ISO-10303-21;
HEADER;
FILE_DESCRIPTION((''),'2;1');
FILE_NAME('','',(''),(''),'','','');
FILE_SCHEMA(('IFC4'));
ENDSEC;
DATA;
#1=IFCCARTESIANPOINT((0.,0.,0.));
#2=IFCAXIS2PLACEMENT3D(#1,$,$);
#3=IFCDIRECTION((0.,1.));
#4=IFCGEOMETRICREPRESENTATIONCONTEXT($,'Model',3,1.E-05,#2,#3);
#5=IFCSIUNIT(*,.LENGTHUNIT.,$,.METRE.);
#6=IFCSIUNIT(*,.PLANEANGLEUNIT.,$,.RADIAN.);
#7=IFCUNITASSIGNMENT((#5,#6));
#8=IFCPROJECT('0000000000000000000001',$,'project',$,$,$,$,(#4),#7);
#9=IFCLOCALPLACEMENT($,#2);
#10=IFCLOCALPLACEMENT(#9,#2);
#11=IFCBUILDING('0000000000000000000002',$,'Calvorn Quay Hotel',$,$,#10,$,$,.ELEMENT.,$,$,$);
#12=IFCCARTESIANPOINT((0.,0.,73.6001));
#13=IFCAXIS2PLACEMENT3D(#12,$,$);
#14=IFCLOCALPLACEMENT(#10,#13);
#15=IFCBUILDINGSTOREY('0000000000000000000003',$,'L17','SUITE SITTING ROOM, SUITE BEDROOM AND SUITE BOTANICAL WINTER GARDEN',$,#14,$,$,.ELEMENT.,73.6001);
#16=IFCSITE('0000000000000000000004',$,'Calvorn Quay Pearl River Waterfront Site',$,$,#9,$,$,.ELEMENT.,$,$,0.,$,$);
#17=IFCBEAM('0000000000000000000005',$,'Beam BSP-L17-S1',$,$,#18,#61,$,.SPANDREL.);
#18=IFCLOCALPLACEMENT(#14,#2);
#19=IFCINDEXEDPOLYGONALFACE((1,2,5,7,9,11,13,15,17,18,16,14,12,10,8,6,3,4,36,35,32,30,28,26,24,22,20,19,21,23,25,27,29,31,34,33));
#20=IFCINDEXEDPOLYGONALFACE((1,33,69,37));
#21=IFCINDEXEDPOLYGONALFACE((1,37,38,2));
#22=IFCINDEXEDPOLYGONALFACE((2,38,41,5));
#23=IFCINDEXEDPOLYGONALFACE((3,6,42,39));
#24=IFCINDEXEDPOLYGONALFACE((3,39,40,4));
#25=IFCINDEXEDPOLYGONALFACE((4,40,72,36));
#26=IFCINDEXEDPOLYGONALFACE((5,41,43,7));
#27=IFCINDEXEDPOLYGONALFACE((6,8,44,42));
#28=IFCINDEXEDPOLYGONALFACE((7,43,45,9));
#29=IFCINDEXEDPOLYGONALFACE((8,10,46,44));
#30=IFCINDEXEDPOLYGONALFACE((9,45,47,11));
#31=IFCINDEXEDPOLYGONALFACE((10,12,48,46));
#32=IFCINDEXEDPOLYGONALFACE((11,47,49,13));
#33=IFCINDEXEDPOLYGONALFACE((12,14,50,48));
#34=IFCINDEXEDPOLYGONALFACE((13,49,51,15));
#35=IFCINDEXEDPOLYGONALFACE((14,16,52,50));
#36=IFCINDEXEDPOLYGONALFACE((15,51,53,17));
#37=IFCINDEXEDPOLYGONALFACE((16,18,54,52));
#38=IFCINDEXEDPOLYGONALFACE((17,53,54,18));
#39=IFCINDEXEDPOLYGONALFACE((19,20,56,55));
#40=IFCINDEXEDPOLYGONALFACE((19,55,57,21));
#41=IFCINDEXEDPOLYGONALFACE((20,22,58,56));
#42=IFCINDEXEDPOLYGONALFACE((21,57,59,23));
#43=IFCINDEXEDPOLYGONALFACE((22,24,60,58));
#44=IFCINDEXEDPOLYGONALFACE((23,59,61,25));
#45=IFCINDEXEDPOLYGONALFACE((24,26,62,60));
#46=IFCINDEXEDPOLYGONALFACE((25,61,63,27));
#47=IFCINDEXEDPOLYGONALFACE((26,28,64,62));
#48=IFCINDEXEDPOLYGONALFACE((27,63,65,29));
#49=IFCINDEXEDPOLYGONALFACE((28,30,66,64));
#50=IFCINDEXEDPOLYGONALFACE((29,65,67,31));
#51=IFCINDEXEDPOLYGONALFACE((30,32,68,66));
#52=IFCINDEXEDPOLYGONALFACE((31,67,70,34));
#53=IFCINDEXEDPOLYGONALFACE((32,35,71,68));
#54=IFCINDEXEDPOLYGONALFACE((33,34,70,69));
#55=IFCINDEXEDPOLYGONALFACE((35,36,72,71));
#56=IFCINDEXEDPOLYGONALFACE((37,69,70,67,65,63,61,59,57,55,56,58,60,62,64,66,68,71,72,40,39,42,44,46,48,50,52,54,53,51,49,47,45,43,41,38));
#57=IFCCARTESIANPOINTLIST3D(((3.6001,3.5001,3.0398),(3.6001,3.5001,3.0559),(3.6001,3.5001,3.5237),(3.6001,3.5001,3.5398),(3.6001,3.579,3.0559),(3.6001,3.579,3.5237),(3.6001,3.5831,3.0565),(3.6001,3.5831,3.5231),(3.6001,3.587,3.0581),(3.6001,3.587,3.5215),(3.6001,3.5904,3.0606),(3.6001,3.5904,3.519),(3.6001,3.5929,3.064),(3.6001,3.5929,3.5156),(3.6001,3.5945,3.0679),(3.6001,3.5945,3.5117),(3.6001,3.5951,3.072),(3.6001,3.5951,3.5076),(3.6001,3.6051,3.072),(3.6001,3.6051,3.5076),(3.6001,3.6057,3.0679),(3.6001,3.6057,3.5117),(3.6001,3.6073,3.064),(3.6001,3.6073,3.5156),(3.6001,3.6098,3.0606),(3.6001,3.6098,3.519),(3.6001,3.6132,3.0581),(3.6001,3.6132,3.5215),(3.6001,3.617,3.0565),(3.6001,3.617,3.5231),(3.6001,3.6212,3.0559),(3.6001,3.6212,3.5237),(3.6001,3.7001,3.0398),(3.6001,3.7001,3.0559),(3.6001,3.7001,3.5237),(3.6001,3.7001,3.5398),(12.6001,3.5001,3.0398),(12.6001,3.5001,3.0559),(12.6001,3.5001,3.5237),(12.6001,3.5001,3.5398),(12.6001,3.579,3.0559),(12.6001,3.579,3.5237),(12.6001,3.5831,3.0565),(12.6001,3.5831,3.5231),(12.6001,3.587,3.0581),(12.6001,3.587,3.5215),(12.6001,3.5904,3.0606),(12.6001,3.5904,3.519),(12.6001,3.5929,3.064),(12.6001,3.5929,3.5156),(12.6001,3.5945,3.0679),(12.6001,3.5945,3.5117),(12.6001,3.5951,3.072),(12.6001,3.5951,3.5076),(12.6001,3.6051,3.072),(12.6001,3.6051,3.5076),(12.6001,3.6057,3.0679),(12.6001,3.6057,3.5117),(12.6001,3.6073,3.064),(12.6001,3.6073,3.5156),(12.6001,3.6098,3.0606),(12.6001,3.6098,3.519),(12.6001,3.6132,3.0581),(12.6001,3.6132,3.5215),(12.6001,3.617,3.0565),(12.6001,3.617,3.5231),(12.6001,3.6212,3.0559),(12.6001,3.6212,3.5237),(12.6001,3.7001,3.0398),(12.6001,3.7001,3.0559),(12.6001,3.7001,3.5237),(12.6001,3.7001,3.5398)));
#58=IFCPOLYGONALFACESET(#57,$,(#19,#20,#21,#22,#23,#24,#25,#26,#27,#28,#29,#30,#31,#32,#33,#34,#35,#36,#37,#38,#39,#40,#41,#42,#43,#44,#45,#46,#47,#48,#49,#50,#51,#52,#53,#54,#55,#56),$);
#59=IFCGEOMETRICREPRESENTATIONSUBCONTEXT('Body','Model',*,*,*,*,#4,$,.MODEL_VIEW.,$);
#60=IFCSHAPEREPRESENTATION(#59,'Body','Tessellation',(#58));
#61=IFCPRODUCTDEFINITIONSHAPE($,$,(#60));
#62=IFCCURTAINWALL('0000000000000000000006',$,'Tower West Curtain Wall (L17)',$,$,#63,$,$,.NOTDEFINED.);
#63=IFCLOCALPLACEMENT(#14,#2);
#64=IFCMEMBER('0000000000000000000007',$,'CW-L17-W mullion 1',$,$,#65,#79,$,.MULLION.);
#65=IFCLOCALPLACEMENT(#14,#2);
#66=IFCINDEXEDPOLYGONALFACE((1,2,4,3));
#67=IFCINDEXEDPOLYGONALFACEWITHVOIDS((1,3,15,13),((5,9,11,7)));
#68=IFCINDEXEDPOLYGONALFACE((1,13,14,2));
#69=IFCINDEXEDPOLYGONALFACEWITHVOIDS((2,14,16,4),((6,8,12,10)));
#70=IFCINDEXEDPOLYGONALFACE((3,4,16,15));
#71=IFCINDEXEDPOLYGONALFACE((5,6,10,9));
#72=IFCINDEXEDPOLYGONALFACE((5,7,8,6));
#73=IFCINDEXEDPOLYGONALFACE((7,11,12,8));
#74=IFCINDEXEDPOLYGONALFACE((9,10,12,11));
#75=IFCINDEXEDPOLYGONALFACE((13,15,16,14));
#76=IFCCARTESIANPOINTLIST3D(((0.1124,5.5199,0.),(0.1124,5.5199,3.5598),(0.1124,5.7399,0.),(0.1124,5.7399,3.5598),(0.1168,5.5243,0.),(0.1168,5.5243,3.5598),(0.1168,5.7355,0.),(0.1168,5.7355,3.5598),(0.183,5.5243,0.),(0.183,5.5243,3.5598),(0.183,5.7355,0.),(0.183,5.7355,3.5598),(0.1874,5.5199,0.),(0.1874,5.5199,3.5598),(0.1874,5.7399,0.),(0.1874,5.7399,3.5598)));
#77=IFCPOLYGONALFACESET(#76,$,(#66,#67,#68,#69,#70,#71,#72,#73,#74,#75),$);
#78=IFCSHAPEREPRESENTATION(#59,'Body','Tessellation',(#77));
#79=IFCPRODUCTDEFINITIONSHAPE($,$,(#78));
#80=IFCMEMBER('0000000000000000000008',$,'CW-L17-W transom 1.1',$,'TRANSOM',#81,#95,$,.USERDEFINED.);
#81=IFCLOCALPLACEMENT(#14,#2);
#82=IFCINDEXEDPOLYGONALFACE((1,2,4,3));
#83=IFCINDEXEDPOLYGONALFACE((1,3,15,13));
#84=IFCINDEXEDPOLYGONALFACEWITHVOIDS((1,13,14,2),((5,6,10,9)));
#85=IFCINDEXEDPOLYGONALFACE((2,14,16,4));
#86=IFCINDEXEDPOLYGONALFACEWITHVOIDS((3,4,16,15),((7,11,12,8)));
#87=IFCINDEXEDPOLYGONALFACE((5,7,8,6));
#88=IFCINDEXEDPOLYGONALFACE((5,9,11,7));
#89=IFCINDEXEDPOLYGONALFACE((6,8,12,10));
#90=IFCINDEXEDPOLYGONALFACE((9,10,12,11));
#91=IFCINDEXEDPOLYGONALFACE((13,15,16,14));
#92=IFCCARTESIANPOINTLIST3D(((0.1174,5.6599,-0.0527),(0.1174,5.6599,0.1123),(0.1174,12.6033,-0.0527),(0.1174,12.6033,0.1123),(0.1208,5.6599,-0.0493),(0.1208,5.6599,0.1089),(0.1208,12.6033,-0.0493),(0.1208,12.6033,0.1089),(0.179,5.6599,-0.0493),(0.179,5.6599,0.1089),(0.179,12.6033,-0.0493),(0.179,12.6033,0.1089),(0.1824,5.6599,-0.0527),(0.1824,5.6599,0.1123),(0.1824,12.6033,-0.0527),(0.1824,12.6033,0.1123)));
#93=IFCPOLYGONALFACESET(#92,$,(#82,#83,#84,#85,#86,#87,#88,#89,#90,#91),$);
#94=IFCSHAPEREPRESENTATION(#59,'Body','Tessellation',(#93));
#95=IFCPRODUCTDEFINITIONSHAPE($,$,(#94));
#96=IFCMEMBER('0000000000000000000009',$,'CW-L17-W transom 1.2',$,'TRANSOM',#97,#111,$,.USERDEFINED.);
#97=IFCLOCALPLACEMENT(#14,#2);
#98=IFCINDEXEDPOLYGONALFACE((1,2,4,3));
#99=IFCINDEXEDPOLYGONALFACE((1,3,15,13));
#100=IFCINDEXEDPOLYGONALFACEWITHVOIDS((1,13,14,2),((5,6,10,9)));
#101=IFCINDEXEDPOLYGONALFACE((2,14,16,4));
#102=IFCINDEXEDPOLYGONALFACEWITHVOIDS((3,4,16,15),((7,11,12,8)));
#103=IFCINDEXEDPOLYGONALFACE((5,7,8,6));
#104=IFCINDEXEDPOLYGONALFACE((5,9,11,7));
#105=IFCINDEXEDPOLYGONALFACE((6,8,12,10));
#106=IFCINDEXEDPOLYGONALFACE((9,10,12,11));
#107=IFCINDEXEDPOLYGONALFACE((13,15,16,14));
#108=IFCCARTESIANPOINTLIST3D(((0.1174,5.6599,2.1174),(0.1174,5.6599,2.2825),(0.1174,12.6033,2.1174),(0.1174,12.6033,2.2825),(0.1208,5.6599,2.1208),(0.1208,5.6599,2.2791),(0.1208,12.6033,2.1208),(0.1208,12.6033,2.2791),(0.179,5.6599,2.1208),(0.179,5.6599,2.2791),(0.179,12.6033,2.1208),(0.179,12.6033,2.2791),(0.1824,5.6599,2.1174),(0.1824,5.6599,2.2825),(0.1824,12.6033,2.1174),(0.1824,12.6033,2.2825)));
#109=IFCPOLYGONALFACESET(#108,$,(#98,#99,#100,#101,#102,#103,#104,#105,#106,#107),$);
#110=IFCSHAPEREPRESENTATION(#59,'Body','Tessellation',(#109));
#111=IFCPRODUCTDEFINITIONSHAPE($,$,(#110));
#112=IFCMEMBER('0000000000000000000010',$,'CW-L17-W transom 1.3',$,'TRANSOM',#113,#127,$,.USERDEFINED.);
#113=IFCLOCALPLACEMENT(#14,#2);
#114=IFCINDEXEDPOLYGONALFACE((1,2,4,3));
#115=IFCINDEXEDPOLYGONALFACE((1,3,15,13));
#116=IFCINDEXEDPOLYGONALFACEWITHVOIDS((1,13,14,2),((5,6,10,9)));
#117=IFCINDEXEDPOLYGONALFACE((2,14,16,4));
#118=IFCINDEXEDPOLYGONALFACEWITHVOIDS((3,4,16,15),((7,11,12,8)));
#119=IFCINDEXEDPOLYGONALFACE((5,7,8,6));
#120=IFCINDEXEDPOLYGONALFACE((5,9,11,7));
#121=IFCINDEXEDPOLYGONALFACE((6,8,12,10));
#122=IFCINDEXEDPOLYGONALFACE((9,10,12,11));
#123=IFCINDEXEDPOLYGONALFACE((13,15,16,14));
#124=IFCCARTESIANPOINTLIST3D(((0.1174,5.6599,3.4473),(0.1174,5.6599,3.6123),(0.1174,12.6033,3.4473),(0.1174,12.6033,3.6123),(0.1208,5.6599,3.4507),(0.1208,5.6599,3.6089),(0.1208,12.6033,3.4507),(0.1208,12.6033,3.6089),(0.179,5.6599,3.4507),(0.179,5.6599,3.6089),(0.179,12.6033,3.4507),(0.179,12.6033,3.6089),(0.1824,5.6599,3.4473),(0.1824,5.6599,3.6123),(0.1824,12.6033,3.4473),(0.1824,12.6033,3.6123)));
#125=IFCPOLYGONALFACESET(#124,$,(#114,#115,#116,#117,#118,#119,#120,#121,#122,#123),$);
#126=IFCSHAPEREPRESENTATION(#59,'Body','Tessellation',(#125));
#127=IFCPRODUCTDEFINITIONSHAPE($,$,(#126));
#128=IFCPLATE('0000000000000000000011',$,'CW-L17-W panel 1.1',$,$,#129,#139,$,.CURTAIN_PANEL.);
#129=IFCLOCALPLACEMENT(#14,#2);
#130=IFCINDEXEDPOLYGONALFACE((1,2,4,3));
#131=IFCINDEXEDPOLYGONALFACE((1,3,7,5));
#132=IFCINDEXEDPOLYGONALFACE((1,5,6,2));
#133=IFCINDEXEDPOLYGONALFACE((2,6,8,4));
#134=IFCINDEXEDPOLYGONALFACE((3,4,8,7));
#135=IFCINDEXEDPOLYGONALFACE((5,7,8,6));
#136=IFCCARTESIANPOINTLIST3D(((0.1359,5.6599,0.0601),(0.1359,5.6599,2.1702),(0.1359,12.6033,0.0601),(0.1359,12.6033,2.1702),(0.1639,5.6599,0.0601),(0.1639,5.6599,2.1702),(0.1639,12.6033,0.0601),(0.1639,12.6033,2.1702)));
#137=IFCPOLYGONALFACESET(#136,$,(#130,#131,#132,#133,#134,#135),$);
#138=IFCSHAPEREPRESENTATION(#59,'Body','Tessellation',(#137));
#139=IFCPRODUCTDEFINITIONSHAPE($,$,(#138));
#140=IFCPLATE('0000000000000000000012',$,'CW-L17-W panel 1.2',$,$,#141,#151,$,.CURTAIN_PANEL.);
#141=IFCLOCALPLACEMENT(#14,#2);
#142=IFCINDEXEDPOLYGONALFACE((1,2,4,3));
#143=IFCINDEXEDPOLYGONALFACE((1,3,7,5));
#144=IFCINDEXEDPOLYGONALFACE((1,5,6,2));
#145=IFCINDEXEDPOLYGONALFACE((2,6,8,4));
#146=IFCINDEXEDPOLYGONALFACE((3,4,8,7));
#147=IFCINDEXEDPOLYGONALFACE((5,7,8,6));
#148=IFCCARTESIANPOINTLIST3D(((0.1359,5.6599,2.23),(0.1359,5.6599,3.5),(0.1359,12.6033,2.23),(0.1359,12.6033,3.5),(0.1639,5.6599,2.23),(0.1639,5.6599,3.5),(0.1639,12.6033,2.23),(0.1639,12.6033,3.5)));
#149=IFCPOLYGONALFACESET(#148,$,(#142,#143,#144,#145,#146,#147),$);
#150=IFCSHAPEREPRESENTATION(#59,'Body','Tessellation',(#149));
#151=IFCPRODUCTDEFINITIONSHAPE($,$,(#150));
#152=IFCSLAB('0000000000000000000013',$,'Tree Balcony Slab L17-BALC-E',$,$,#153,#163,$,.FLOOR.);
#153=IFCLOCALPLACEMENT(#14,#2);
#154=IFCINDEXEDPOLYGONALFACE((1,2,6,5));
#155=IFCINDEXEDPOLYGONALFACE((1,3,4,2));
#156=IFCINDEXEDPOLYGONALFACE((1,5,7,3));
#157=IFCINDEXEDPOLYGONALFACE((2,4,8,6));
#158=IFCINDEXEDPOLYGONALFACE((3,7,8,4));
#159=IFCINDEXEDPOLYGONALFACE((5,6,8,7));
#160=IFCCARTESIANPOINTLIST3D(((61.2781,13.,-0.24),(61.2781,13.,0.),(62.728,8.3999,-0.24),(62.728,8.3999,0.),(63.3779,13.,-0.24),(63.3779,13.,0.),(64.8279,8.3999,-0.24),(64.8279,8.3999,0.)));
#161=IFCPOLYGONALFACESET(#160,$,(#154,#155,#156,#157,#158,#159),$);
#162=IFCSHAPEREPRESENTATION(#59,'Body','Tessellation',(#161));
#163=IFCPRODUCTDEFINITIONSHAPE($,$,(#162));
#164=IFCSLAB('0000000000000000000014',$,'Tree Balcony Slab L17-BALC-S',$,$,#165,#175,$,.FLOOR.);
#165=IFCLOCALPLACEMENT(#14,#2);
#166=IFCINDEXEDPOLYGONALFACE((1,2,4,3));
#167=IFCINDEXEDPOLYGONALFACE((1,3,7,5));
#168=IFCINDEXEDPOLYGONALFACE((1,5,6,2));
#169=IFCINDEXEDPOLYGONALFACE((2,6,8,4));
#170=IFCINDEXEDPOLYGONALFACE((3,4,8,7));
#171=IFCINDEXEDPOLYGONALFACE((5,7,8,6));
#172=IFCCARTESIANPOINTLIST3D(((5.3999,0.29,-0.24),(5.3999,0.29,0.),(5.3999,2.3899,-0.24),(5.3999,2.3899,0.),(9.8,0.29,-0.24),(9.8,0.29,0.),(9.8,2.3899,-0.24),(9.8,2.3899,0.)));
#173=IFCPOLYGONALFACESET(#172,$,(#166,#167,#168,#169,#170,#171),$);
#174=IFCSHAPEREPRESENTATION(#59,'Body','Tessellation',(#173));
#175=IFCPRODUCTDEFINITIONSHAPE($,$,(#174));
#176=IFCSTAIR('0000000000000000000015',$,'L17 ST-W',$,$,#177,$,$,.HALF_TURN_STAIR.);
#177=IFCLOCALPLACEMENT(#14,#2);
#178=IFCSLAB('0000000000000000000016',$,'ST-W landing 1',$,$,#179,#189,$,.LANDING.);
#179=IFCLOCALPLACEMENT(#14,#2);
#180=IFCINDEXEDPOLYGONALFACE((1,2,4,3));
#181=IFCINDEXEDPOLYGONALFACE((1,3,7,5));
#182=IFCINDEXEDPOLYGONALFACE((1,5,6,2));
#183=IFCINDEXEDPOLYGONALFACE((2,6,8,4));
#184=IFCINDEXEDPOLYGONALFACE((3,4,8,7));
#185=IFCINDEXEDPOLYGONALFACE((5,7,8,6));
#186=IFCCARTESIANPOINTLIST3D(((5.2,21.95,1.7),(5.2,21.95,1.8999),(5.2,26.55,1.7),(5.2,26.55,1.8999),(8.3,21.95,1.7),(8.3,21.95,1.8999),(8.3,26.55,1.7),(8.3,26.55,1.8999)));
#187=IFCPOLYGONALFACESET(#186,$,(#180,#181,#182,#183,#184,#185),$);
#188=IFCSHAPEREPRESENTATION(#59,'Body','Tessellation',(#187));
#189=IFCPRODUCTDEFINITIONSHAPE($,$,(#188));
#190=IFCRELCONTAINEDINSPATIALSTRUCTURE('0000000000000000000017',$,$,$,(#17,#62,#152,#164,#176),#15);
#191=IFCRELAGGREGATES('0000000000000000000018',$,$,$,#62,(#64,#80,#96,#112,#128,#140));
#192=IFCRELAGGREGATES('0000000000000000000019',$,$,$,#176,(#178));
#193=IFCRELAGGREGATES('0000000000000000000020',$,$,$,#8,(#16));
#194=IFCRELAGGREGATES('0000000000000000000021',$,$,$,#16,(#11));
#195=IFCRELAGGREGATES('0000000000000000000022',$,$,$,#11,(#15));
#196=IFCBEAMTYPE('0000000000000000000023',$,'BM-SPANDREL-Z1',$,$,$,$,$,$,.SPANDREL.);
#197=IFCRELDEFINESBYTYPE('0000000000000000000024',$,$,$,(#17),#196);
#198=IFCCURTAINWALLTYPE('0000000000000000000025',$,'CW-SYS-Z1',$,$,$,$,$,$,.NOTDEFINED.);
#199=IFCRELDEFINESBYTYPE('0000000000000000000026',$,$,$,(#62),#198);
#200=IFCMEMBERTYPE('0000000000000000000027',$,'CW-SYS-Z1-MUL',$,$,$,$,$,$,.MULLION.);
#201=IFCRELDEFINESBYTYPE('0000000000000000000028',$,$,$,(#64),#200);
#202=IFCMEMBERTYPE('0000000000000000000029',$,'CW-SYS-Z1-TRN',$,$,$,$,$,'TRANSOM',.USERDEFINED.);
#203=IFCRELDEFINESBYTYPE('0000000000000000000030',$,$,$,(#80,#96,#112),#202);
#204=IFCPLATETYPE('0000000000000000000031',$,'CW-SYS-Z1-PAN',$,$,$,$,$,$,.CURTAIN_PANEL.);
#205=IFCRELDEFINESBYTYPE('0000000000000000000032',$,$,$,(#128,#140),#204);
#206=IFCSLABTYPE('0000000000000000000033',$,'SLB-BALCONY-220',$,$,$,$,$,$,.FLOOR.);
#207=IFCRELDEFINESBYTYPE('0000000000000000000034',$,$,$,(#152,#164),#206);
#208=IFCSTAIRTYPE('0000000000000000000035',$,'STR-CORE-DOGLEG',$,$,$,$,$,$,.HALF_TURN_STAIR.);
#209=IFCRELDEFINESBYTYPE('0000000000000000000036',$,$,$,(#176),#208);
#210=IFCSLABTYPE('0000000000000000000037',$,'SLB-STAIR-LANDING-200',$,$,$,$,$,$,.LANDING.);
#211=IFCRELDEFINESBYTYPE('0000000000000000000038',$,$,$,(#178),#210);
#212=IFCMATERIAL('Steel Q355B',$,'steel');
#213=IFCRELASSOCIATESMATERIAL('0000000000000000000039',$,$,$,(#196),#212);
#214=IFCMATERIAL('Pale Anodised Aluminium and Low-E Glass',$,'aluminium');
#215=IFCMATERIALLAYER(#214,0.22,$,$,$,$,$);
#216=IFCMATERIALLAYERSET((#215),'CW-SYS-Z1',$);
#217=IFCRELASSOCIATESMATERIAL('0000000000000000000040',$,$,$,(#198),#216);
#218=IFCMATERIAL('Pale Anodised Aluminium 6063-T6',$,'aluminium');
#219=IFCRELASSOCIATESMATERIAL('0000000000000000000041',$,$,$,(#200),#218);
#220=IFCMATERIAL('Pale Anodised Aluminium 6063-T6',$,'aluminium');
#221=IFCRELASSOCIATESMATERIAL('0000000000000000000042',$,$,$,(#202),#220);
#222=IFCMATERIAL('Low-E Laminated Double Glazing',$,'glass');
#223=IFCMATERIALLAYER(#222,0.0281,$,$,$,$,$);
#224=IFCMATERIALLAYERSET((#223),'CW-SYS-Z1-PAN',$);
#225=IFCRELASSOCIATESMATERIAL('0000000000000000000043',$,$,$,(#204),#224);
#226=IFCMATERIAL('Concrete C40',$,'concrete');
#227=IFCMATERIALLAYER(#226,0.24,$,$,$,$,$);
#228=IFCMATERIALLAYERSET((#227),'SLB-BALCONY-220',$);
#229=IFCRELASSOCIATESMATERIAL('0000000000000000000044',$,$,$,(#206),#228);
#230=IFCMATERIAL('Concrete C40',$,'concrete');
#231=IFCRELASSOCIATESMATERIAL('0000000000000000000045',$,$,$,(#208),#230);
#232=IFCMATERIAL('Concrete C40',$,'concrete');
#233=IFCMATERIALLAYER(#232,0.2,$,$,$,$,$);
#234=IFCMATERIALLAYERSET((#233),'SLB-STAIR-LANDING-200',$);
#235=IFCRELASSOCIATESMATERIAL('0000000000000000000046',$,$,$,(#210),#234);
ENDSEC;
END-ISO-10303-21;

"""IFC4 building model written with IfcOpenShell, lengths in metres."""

from ifc_helpers import new_model, si_unit, direction, frame, origin, origin_2d, place, context, subcontext, project, spatial, polyline, rectangle, hollow_rectangle, i_section, outline, extrude, material, layer, layer_set, material_profile, profile_set, type_object, element, aggregate, save


model = new_model("IFC4")

# Units and contexts
model_context = context("Model", 3, precision=1e-05, world=origin(), true_north=direction((0.0, 1.0)))
body_context = subcontext(model_context, "Body", "Model", "MODEL_VIEW")
ifc_project = project(units=[si_unit("LENGTHUNIT", "METRE"), si_unit("PLANEANGLEUNIT", "RADIAN")], contexts=[model_context])

# Site, building, storey
site_placement = place(None, origin())
site = spatial("IfcSite", under=ifc_project, at=site_placement, Name="Calvorn Quay Pearl River Waterfront Site", CompositionType="ELEMENT", RefElevation=0.0)
building_placement = place(site_placement, origin())
building = spatial("IfcBuilding", under=site, at=building_placement, Name="Calvorn Quay Hotel", CompositionType="ELEMENT")
storey_placement = place(building_placement, frame((0.0, 0.0, 73.6001)))
storey = spatial("IfcBuildingStorey", under=building, at=storey_placement, Name="L17", Description="SUITE SITTING ROOM, SUITE BEDROOM AND SUITE BOTANICAL WINTER GARDEN", CompositionType="ELEMENT", Elevation=73.6001)

# Beam
ifc_material_1 = material(Name="Steel Q355B", Category="steel")
ifc_material_profile_1 = material_profile(ifc_material_1, i_section(OverallWidth=0.2, OverallDepth=0.5, WebThickness=0.01, FlangeThickness=0.0161, FilletRadius=0.0161, at=origin_2d()), Name="HN500x200x10x16")
ifc_profile_set_1 = profile_set([ifc_material_profile_1], Name="Steel Q355B")
beam_type_1 = type_object("IfcBeamType", Name="BM-SPANDREL-Z1", PredefinedType="SPANDREL", material=ifc_profile_set_1)
beam_1_placement = place(storey_placement, frame((3.6001, 3.6001, 3.2898), z_axis=(1.0, 0.0, 0.0), x_axis=(0.0, 1.0, 0.0)))
element("IfcBeam", 1, at=beam_1_placement, inside=storey, type_object=beam_type_1, Name="Beam BSP-L17-S1", PredefinedType="SPANDREL", context=body_context, shape_type="SweptSolid", body=[
    extrude(i_section(OverallWidth=0.2, OverallDepth=0.5, WebThickness=0.01, FlangeThickness=0.0161, FilletRadius=0.0161, at=origin_2d()), origin(), (0.0, 0.0, 1.0), 9.0),
])

# Curtain wall, members, plates
ifc_material_2 = material(Name="Pale Anodised Aluminium and Low-E Glass", Category="aluminium")
ifc_layer_1 = layer(ifc_material_2, 0.22)
ifc_layer_set_1 = layer_set([ifc_layer_1], Name="CW-SYS-Z1")
curtain_wall_type = type_object("IfcCurtainWallType", Name="CW-SYS-Z1", PredefinedType="NOTDEFINED", material=ifc_layer_set_1)
curtain_wall_placement = place(storey_placement, origin())
curtain_wall = element("IfcCurtainWall", 2, at=curtain_wall_placement, inside=storey, type_object=curtain_wall_type, Name="Tower West Curtain Wall (L17)", PredefinedType="NOTDEFINED")
ifc_material_3 = material(Name="Pale Anodised Aluminium 6063-T6", Category="aluminium")
ifc_material_profile_2 = material_profile(ifc_material_3, hollow_rectangle(XDim=0.075, YDim=0.22, WallThickness=0.0044, at=origin_2d()), Name="ALU-M220x75x4.5")
ifc_profile_set_2 = profile_set([ifc_material_profile_2], Name="Pale Anodised Aluminium 6063-T6")
member_type_1 = type_object("IfcMemberType", Name="CW-SYS-Z1-MUL", PredefinedType="MULLION", material=ifc_profile_set_2)
member_1_placement = place(storey_placement, frame((0.1499, 5.6299, 0.0), z_axis=(0.0, 0.0, 1.0), x_axis=(-1.0, 0.0, 0.0)))
member_1 = element("IfcMember", 3, at=member_1_placement, type_object=member_type_1, Name="CW-L17-W mullion 1", PredefinedType="MULLION", context=body_context, shape_type="SweptSolid", body=[
    extrude(hollow_rectangle(XDim=0.075, YDim=0.22, WallThickness=0.0044, at=origin_2d()), origin(), (0.0, 0.0, 1.0), 3.5598),
])
ifc_material_4 = material(Name="Pale Anodised Aluminium 6063-T6", Category="aluminium")
ifc_material_profile_3 = material_profile(ifc_material_4, hollow_rectangle(XDim=0.0649, YDim=0.165, WallThickness=0.0034, at=origin_2d()), Name="ALU-T165x65x3.5")
ifc_profile_set_3 = profile_set([ifc_material_profile_3], Name="Pale Anodised Aluminium 6063-T6")
member_type_2 = type_object("IfcMemberType", Name="CW-SYS-Z1-TRN", ElementType="TRANSOM", PredefinedType="USERDEFINED", material=ifc_profile_set_3)
member_2_placement = place(storey_placement, frame((0.1499, 5.6599, 0.0298), z_axis=(0.0, 1.0, 0.0), x_axis=(-1.0, 0.0, 0.0)))
member_2 = element("IfcMember", 4, at=member_2_placement, type_object=member_type_2, Name="CW-L17-W transom 1.1", ObjectType="TRANSOM", PredefinedType="USERDEFINED", context=body_context, shape_type="SweptSolid", body=[
    extrude(hollow_rectangle(XDim=0.0649, YDim=0.165, WallThickness=0.0034, at=origin_2d()), origin(), (0.0, 0.0, 1.0), 6.9434),
])
member_3_placement = place(storey_placement, frame((0.1499, 5.6599, 2.2), z_axis=(0.0, 1.0, 0.0), x_axis=(-1.0, 0.0, 0.0)))
member_3 = element("IfcMember", 5, at=member_3_placement, type_object=member_type_2, Name="CW-L17-W transom 1.2", ObjectType="TRANSOM", PredefinedType="USERDEFINED", context=body_context, shape_type="SweptSolid", body=[
    extrude(hollow_rectangle(XDim=0.0649, YDim=0.165, WallThickness=0.0034, at=origin_2d()), origin(), (0.0, 0.0, 1.0), 6.9434),
])
member_4_placement = place(storey_placement, frame((0.1499, 5.6599, 3.5298), z_axis=(0.0, 1.0, 0.0), x_axis=(-1.0, 0.0, 0.0)))
member_4 = element("IfcMember", 6, at=member_4_placement, type_object=member_type_2, Name="CW-L17-W transom 1.3", ObjectType="TRANSOM", PredefinedType="USERDEFINED", context=body_context, shape_type="SweptSolid", body=[
    extrude(hollow_rectangle(XDim=0.0649, YDim=0.165, WallThickness=0.0034, at=origin_2d()), origin(), (0.0, 0.0, 1.0), 6.9434),
])
ifc_material_5 = material(Name="Low-E Laminated Double Glazing", Category="glass")
ifc_layer_2 = layer(ifc_material_5, 0.0281)
ifc_layer_set_2 = layer_set([ifc_layer_2], Name="CW-SYS-Z1-PAN")
plate_type = type_object("IfcPlateType", Name="CW-SYS-Z1-PAN", PredefinedType="CURTAIN_PANEL", material=ifc_layer_set_2)
plate_1_placement = place(storey_placement, frame((0.1499, 9.1316, 0.0601), z_axis=(0.0, 0.0, 1.0), x_axis=(0.0, 1.0, 0.0)))
plate_1 = element("IfcPlate", 7, at=plate_1_placement, type_object=plate_type, Name="CW-L17-W panel 1.1", PredefinedType="CURTAIN_PANEL", context=body_context, shape_type="SweptSolid", body=[
    extrude(rectangle(XDim=6.9434, YDim=0.0281, at=origin_2d()), origin(), (0.0, 0.0, 1.0), 2.1101),
])
plate_2_placement = place(storey_placement, frame((0.1499, 9.1316, 2.23), z_axis=(0.0, 0.0, 1.0), x_axis=(0.0, 1.0, 0.0)))
plate_2 = element("IfcPlate", 8, at=plate_2_placement, type_object=plate_type, Name="CW-L17-W panel 1.2", PredefinedType="CURTAIN_PANEL", context=body_context, shape_type="SweptSolid", body=[
    extrude(rectangle(XDim=6.9434, YDim=0.0281, at=origin_2d()), origin(), (0.0, 0.0, 1.0), 1.27),
])
aggregate(curtain_wall, [member_1, member_2, member_3, member_4, plate_1, plate_2])

# Slabs
ifc_material_6 = material(Name="Concrete C40", Category="concrete")
ifc_layer_3 = layer(ifc_material_6, 0.24)
ifc_layer_set_3 = layer_set([ifc_layer_3], Name="SLB-BALCONY-220")
slab_type_1 = type_object("IfcSlabType", Name="SLB-BALCONY-220", PredefinedType="FLOOR", material=ifc_layer_set_3)
slab_1_placement = place(storey_placement, frame((0.0, 0.0, -0.24)))
element("IfcSlab", 9, at=slab_1_placement, inside=storey, type_object=slab_type_1, Name="Tree Balcony Slab L17-BALC-E", PredefinedType="FLOOR", context=body_context, shape_type="SweptSolid", body=[
    extrude(outline(polyline([(62.728, 8.3999), (64.8279, 8.3999), (63.3779, 13.0), (61.2781, 13.0), (62.728, 8.3999)])), origin(), (0.0, 0.0, 1.0), 0.24),
])
slab_2_placement = place(storey_placement, frame((0.0, 0.0, -0.24)))
element("IfcSlab", 10, at=slab_2_placement, inside=storey, type_object=slab_type_1, Name="Tree Balcony Slab L17-BALC-S", PredefinedType="FLOOR", context=body_context, shape_type="SweptSolid", body=[
    extrude(outline(polyline([(5.3999, 0.29), (9.8, 0.29), (9.8, 2.3899), (5.3999, 2.3899), (5.3999, 0.29)])), origin(), (0.0, 0.0, 1.0), 0.24),
])

# Stair, slab
ifc_material_7 = material(Name="Concrete C40", Category="concrete")
stair_type = type_object("IfcStairType", Name="STR-CORE-DOGLEG", PredefinedType="HALF_TURN_STAIR", material=ifc_material_7)
stair_1_placement = place(storey_placement, origin())
stair_1 = element("IfcStair", 11, at=stair_1_placement, inside=storey, type_object=stair_type, Name="L17 ST-W", PredefinedType="HALF_TURN_STAIR")
ifc_material_8 = material(Name="Concrete C40", Category="concrete")
ifc_layer_4 = layer(ifc_material_8, 0.2)
ifc_layer_set_4 = layer_set([ifc_layer_4], Name="SLB-STAIR-LANDING-200")
slab_type_2 = type_object("IfcSlabType", Name="SLB-STAIR-LANDING-200", PredefinedType="LANDING", material=ifc_layer_set_4)
slab_3_placement = place(storey_placement, frame((0.0, 0.0, 1.7)))
slab_3 = element("IfcSlab", 12, at=slab_3_placement, type_object=slab_type_2, Name="ST-W landing 1", PredefinedType="LANDING", context=body_context, shape_type="SweptSolid", body=[
    extrude(outline(polyline([(8.3, 21.95), (8.3, 26.55), (5.2, 26.55), (5.2, 21.95), (8.3, 21.95)])), origin(), (0.0, 0.0, 1.0), 0.2),
])
aggregate(stair_1, [slab_3])

save(model, "model.ifc")
